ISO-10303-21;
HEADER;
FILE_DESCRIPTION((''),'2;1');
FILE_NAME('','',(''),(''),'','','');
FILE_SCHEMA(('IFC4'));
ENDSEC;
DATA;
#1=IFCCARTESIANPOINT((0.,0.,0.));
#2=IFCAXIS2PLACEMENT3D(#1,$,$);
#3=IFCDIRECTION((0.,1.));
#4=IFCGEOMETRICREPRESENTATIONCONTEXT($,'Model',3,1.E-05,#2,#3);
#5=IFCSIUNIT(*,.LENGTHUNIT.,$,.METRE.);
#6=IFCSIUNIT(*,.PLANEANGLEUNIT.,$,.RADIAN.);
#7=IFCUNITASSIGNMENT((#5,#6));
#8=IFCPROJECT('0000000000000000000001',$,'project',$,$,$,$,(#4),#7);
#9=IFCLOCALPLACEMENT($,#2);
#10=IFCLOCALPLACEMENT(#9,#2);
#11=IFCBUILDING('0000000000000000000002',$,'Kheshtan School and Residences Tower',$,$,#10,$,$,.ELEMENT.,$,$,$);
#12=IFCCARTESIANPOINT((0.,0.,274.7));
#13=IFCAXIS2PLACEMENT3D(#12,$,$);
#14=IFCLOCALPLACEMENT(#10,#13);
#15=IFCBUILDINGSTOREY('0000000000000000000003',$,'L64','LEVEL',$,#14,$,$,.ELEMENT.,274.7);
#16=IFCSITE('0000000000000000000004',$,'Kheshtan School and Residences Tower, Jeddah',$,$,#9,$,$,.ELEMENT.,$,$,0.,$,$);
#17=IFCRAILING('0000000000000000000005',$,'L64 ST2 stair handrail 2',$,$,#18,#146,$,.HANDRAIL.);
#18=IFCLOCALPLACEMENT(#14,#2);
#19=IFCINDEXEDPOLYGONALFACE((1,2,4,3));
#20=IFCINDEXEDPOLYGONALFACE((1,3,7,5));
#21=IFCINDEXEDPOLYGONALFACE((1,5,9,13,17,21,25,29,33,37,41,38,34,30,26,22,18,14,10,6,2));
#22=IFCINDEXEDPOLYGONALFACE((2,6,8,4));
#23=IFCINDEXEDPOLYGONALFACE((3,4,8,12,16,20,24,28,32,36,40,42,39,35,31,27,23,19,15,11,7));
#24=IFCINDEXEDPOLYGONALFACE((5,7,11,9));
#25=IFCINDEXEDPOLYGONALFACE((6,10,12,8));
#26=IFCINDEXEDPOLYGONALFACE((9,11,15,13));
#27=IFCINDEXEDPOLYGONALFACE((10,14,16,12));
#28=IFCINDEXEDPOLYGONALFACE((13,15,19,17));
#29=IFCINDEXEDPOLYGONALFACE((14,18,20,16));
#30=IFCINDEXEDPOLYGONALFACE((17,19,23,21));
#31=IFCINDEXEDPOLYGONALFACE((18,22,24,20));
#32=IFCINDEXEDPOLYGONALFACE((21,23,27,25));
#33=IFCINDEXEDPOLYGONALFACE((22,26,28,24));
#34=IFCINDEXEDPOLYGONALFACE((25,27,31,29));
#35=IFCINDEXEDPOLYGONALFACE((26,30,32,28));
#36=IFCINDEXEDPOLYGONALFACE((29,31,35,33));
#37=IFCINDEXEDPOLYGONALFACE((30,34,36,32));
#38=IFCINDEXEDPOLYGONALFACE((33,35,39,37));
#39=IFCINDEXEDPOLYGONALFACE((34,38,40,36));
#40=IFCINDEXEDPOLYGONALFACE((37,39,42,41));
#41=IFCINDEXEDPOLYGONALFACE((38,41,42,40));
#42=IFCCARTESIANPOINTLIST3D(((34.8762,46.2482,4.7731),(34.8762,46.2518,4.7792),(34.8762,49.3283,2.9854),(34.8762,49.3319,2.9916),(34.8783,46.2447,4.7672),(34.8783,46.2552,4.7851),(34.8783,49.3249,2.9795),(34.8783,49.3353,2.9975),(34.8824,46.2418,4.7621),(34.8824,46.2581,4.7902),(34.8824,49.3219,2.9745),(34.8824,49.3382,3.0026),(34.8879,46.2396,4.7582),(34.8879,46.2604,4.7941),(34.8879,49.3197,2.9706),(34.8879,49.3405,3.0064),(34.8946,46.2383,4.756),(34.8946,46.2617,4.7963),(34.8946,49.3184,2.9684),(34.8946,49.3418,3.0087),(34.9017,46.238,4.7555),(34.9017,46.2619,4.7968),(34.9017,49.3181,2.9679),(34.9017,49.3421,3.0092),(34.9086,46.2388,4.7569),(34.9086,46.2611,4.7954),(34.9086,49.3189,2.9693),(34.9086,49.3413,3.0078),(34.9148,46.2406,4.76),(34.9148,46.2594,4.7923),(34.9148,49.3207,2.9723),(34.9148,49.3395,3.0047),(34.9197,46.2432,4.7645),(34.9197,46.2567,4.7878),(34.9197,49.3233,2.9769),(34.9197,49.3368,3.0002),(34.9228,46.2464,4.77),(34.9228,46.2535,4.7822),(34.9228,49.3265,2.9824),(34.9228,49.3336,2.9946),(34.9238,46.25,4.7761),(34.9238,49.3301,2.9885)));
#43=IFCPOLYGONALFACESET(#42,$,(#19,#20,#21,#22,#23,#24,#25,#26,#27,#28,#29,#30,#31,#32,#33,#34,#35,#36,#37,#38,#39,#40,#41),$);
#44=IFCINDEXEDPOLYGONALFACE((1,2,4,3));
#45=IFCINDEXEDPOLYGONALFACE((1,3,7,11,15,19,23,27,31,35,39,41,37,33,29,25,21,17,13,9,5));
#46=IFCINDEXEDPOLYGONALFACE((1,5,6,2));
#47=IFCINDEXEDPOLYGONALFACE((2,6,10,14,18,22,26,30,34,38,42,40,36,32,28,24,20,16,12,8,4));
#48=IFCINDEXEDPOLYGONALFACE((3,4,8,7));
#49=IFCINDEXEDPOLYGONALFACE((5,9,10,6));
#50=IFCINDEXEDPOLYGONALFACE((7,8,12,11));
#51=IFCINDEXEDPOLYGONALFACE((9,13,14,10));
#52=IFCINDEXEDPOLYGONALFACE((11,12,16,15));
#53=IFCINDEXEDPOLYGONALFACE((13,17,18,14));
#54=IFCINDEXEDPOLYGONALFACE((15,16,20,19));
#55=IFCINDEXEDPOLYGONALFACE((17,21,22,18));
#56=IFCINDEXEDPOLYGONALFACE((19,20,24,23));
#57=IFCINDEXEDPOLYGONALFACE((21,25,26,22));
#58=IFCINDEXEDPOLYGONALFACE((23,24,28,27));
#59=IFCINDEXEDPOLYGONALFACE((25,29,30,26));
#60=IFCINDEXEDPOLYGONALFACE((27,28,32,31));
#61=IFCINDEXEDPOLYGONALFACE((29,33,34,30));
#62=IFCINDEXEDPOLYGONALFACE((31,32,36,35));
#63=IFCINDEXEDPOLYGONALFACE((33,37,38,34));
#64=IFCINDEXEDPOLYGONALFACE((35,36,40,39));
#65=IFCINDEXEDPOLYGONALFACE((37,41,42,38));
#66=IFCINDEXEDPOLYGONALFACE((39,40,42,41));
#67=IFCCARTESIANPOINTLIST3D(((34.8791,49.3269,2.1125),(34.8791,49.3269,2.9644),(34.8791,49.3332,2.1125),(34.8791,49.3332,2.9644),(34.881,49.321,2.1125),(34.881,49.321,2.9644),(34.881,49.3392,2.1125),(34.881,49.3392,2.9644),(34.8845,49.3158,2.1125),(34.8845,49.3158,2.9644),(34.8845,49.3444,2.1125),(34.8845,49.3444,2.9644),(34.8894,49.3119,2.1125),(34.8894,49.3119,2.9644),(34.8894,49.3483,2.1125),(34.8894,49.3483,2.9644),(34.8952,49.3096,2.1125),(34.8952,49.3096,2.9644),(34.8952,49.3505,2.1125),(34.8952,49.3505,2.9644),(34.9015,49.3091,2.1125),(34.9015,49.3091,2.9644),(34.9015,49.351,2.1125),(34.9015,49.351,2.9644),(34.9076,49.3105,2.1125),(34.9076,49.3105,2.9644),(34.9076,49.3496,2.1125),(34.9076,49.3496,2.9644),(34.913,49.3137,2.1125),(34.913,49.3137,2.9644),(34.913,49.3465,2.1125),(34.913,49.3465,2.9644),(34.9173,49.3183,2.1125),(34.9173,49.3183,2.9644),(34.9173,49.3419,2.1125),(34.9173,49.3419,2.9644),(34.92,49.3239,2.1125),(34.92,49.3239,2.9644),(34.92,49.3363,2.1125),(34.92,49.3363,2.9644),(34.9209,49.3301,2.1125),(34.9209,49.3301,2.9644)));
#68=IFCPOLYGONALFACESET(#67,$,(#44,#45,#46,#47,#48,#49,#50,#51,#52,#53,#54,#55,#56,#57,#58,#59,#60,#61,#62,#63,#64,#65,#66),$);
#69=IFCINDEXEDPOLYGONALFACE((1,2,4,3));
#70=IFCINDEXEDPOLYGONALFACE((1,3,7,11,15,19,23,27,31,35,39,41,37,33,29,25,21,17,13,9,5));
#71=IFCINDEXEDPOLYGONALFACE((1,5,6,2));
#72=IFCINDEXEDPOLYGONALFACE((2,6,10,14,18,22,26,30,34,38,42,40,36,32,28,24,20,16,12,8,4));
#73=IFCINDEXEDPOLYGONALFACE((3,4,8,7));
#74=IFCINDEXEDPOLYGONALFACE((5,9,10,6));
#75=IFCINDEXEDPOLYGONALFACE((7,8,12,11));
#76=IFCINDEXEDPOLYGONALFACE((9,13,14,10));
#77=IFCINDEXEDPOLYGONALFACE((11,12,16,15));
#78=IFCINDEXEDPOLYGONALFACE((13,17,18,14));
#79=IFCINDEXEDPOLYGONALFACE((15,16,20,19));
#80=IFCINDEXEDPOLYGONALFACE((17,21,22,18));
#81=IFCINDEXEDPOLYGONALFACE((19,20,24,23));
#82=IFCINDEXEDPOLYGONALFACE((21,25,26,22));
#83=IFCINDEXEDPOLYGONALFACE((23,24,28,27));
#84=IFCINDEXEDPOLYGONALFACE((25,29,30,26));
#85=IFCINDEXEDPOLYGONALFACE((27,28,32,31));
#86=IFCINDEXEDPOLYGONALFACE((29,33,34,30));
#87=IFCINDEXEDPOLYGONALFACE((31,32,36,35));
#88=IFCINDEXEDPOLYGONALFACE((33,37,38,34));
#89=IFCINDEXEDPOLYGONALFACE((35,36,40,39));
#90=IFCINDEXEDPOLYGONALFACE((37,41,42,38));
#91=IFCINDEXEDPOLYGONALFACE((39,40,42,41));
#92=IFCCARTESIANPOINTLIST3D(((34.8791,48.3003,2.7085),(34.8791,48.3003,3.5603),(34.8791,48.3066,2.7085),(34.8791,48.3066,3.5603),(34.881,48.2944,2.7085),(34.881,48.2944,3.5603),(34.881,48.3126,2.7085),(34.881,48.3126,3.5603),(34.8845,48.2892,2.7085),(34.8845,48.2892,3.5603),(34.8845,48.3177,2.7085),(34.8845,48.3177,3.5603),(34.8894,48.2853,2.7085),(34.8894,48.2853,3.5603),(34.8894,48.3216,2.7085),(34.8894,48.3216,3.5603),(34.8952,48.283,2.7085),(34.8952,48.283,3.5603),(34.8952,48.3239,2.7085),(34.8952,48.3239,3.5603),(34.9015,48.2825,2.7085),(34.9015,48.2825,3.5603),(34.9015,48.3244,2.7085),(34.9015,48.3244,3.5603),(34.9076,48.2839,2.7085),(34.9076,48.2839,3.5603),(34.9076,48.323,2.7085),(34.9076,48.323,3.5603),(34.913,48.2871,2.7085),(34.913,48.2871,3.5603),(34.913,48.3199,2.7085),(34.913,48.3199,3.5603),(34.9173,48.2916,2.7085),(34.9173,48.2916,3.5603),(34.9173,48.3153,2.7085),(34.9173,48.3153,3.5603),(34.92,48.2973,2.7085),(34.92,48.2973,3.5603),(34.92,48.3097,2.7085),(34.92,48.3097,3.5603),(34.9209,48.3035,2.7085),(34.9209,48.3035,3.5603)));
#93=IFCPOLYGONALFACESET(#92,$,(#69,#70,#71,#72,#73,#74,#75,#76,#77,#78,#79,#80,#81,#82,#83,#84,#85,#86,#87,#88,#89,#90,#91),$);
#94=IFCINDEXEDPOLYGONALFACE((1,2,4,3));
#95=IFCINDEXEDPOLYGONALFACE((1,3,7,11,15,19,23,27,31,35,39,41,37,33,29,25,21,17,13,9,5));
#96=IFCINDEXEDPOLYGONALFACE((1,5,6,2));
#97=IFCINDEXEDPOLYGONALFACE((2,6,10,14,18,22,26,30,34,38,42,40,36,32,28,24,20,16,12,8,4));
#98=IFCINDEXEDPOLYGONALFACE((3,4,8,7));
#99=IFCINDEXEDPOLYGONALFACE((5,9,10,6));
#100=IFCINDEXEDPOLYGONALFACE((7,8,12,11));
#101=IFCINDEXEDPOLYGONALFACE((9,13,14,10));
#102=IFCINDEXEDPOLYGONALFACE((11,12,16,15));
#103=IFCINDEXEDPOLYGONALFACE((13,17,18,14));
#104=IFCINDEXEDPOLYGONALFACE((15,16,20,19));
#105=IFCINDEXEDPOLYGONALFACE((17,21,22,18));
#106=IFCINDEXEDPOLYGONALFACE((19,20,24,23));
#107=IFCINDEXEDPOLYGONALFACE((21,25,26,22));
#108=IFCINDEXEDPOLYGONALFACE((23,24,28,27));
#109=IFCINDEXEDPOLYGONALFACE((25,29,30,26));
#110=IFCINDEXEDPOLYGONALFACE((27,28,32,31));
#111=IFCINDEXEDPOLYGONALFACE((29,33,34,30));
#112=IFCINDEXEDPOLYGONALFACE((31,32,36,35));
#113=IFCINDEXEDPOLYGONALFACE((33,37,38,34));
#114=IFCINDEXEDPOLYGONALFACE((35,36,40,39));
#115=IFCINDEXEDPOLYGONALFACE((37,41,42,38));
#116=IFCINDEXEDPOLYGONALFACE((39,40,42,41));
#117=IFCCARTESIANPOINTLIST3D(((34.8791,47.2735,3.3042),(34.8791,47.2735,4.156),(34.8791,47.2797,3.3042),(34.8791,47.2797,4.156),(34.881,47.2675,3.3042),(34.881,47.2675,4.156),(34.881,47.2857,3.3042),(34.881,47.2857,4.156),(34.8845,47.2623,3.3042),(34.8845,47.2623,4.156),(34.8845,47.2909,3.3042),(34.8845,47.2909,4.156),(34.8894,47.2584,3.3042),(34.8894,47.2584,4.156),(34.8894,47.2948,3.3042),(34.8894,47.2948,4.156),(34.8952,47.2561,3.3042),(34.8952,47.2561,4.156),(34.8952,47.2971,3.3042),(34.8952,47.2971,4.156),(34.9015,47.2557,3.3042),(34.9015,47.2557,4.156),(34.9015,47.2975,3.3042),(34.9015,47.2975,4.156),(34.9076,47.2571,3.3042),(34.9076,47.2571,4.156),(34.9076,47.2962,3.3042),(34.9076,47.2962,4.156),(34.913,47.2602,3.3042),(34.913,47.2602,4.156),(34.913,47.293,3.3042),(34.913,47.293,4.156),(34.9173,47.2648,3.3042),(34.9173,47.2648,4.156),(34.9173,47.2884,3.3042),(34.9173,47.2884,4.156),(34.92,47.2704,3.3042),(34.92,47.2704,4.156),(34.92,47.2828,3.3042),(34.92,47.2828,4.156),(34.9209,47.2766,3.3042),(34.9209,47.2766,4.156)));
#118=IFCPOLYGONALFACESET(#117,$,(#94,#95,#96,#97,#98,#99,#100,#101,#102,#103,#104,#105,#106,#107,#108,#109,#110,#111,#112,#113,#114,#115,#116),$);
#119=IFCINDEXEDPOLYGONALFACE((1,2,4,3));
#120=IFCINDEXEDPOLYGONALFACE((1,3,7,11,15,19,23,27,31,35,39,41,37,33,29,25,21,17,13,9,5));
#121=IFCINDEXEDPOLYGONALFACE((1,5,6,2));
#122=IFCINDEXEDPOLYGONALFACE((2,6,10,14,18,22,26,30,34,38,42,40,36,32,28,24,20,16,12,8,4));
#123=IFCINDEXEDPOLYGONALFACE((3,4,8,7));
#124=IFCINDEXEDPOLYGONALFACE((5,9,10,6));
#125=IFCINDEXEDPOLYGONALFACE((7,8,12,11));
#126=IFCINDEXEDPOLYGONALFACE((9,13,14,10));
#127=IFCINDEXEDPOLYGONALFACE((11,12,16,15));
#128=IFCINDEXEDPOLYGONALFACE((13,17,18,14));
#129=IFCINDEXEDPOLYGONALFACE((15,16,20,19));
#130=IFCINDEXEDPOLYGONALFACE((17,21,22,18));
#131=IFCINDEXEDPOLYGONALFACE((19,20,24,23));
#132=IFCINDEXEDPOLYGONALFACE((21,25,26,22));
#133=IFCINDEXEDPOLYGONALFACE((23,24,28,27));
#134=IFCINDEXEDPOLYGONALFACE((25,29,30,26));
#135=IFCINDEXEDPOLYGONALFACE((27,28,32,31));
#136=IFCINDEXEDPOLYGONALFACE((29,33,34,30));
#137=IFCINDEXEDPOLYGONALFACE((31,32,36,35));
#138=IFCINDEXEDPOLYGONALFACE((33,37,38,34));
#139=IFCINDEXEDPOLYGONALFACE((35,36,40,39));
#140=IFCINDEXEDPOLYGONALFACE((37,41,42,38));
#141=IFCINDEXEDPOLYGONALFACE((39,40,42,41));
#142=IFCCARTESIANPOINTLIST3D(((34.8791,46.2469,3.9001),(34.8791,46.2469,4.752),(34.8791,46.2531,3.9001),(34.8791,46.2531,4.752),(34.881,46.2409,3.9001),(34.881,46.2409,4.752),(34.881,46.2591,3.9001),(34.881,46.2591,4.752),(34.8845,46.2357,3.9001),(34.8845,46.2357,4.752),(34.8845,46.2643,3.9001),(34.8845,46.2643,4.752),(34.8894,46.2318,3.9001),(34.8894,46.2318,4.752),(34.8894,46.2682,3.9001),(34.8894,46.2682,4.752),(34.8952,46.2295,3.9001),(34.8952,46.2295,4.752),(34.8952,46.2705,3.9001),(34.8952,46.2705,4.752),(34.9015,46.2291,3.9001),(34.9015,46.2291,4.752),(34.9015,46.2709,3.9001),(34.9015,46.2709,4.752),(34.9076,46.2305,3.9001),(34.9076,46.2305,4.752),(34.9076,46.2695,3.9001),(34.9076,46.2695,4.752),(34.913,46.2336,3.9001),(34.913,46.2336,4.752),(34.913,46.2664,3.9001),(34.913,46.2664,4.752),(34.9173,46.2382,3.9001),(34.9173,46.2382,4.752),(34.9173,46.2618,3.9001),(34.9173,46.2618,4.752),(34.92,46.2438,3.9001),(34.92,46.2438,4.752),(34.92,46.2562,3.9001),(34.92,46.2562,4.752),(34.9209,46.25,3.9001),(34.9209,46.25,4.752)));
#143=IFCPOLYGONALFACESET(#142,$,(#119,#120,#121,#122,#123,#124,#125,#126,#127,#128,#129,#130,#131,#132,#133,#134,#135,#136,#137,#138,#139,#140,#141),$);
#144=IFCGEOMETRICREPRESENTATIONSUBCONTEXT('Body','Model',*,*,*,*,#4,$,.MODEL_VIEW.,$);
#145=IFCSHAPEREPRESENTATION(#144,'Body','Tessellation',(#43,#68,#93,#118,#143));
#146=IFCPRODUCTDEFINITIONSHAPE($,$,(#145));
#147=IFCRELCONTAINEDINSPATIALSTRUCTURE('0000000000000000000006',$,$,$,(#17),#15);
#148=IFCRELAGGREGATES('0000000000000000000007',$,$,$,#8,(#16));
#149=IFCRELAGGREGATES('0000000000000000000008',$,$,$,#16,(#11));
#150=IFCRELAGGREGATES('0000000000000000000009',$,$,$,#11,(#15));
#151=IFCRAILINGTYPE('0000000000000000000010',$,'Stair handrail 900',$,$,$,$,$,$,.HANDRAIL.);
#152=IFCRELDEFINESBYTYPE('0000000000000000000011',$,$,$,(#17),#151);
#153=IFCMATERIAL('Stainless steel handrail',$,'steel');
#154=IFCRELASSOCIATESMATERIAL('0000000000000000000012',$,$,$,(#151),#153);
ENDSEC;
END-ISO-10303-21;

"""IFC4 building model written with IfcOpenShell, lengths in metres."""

from ifc_helpers import new_model, si_unit, direction, frame, origin, origin_2d, place, context, subcontext, project, spatial, circle, extrude, material, type_object, element, save


model = new_model("IFC4")

# Units and contexts
model_context = context("Model", 3, precision=1e-05, world=origin(), true_north=direction((0.0, 1.0)))
body_context = subcontext(model_context, "Body", "Model", "MODEL_VIEW")
ifc_project = project(units=[si_unit("LENGTHUNIT", "METRE"), si_unit("PLANEANGLEUNIT", "RADIAN")], contexts=[model_context])

# Site, building, storey
site_placement = place(None, origin())
site = spatial("IfcSite", under=ifc_project, at=site_placement, Name="Kheshtan School and Residences Tower, Jeddah", CompositionType="ELEMENT", RefElevation=0.0)
building_placement = place(site_placement, origin())
building = spatial("IfcBuilding", under=site, at=building_placement, Name="Kheshtan School and Residences Tower", CompositionType="ELEMENT")
storey_placement = place(building_placement, frame((0.0, 0.0, 274.7)))
storey = spatial("IfcBuildingStorey", under=building, at=storey_placement, Name="L64", Description="LEVEL", CompositionType="ELEMENT", Elevation=274.7)

# Railing
ifc_material_1 = material(Name="Stainless steel handrail", Category="steel")
railing_type_1 = type_object("IfcRailingType", Name="Stair handrail 900", PredefinedType="HANDRAIL", material=ifc_material_1)
railing_1_placement = place(storey_placement, frame((34.8999, 49.3301, 2.1125)))
element("IfcRailing", 1, at=railing_1_placement, inside=storey, type_object=railing_type_1, Name="L64 ST2 stair handrail 2", PredefinedType="HANDRAIL", context=body_context, shape_type="SweptSolid", body=[
    extrude(circle(Radius=0.0239, at=origin_2d()), frame((0.0, 0.0, 0.876), z_axis=(0.0, -0.864891, 0.50196), x_axis=(1.0, 0.0, 0.0)), (0.0, 0.0, 1.0), 3.5613),
    extrude(circle(Radius=0.021, at=origin_2d()), origin(), (0.0, 0.0, 1.0), 0.8518),
    extrude(circle(Radius=0.021, at=origin_2d()), frame((0.0, -1.0266, 0.5959)), (0.0, 0.0, 1.0), 0.8518),
    extrude(circle(Radius=0.021, at=origin_2d()), frame((0.0, -2.0535, 1.1917)), (0.0, 0.0, 1.0), 0.8518),
    extrude(circle(Radius=0.021, at=origin_2d()), frame((0.0, -3.0801, 1.7876)), (0.0, 0.0, 1.0), 0.8518),
])

save(model, "model.ifc")
